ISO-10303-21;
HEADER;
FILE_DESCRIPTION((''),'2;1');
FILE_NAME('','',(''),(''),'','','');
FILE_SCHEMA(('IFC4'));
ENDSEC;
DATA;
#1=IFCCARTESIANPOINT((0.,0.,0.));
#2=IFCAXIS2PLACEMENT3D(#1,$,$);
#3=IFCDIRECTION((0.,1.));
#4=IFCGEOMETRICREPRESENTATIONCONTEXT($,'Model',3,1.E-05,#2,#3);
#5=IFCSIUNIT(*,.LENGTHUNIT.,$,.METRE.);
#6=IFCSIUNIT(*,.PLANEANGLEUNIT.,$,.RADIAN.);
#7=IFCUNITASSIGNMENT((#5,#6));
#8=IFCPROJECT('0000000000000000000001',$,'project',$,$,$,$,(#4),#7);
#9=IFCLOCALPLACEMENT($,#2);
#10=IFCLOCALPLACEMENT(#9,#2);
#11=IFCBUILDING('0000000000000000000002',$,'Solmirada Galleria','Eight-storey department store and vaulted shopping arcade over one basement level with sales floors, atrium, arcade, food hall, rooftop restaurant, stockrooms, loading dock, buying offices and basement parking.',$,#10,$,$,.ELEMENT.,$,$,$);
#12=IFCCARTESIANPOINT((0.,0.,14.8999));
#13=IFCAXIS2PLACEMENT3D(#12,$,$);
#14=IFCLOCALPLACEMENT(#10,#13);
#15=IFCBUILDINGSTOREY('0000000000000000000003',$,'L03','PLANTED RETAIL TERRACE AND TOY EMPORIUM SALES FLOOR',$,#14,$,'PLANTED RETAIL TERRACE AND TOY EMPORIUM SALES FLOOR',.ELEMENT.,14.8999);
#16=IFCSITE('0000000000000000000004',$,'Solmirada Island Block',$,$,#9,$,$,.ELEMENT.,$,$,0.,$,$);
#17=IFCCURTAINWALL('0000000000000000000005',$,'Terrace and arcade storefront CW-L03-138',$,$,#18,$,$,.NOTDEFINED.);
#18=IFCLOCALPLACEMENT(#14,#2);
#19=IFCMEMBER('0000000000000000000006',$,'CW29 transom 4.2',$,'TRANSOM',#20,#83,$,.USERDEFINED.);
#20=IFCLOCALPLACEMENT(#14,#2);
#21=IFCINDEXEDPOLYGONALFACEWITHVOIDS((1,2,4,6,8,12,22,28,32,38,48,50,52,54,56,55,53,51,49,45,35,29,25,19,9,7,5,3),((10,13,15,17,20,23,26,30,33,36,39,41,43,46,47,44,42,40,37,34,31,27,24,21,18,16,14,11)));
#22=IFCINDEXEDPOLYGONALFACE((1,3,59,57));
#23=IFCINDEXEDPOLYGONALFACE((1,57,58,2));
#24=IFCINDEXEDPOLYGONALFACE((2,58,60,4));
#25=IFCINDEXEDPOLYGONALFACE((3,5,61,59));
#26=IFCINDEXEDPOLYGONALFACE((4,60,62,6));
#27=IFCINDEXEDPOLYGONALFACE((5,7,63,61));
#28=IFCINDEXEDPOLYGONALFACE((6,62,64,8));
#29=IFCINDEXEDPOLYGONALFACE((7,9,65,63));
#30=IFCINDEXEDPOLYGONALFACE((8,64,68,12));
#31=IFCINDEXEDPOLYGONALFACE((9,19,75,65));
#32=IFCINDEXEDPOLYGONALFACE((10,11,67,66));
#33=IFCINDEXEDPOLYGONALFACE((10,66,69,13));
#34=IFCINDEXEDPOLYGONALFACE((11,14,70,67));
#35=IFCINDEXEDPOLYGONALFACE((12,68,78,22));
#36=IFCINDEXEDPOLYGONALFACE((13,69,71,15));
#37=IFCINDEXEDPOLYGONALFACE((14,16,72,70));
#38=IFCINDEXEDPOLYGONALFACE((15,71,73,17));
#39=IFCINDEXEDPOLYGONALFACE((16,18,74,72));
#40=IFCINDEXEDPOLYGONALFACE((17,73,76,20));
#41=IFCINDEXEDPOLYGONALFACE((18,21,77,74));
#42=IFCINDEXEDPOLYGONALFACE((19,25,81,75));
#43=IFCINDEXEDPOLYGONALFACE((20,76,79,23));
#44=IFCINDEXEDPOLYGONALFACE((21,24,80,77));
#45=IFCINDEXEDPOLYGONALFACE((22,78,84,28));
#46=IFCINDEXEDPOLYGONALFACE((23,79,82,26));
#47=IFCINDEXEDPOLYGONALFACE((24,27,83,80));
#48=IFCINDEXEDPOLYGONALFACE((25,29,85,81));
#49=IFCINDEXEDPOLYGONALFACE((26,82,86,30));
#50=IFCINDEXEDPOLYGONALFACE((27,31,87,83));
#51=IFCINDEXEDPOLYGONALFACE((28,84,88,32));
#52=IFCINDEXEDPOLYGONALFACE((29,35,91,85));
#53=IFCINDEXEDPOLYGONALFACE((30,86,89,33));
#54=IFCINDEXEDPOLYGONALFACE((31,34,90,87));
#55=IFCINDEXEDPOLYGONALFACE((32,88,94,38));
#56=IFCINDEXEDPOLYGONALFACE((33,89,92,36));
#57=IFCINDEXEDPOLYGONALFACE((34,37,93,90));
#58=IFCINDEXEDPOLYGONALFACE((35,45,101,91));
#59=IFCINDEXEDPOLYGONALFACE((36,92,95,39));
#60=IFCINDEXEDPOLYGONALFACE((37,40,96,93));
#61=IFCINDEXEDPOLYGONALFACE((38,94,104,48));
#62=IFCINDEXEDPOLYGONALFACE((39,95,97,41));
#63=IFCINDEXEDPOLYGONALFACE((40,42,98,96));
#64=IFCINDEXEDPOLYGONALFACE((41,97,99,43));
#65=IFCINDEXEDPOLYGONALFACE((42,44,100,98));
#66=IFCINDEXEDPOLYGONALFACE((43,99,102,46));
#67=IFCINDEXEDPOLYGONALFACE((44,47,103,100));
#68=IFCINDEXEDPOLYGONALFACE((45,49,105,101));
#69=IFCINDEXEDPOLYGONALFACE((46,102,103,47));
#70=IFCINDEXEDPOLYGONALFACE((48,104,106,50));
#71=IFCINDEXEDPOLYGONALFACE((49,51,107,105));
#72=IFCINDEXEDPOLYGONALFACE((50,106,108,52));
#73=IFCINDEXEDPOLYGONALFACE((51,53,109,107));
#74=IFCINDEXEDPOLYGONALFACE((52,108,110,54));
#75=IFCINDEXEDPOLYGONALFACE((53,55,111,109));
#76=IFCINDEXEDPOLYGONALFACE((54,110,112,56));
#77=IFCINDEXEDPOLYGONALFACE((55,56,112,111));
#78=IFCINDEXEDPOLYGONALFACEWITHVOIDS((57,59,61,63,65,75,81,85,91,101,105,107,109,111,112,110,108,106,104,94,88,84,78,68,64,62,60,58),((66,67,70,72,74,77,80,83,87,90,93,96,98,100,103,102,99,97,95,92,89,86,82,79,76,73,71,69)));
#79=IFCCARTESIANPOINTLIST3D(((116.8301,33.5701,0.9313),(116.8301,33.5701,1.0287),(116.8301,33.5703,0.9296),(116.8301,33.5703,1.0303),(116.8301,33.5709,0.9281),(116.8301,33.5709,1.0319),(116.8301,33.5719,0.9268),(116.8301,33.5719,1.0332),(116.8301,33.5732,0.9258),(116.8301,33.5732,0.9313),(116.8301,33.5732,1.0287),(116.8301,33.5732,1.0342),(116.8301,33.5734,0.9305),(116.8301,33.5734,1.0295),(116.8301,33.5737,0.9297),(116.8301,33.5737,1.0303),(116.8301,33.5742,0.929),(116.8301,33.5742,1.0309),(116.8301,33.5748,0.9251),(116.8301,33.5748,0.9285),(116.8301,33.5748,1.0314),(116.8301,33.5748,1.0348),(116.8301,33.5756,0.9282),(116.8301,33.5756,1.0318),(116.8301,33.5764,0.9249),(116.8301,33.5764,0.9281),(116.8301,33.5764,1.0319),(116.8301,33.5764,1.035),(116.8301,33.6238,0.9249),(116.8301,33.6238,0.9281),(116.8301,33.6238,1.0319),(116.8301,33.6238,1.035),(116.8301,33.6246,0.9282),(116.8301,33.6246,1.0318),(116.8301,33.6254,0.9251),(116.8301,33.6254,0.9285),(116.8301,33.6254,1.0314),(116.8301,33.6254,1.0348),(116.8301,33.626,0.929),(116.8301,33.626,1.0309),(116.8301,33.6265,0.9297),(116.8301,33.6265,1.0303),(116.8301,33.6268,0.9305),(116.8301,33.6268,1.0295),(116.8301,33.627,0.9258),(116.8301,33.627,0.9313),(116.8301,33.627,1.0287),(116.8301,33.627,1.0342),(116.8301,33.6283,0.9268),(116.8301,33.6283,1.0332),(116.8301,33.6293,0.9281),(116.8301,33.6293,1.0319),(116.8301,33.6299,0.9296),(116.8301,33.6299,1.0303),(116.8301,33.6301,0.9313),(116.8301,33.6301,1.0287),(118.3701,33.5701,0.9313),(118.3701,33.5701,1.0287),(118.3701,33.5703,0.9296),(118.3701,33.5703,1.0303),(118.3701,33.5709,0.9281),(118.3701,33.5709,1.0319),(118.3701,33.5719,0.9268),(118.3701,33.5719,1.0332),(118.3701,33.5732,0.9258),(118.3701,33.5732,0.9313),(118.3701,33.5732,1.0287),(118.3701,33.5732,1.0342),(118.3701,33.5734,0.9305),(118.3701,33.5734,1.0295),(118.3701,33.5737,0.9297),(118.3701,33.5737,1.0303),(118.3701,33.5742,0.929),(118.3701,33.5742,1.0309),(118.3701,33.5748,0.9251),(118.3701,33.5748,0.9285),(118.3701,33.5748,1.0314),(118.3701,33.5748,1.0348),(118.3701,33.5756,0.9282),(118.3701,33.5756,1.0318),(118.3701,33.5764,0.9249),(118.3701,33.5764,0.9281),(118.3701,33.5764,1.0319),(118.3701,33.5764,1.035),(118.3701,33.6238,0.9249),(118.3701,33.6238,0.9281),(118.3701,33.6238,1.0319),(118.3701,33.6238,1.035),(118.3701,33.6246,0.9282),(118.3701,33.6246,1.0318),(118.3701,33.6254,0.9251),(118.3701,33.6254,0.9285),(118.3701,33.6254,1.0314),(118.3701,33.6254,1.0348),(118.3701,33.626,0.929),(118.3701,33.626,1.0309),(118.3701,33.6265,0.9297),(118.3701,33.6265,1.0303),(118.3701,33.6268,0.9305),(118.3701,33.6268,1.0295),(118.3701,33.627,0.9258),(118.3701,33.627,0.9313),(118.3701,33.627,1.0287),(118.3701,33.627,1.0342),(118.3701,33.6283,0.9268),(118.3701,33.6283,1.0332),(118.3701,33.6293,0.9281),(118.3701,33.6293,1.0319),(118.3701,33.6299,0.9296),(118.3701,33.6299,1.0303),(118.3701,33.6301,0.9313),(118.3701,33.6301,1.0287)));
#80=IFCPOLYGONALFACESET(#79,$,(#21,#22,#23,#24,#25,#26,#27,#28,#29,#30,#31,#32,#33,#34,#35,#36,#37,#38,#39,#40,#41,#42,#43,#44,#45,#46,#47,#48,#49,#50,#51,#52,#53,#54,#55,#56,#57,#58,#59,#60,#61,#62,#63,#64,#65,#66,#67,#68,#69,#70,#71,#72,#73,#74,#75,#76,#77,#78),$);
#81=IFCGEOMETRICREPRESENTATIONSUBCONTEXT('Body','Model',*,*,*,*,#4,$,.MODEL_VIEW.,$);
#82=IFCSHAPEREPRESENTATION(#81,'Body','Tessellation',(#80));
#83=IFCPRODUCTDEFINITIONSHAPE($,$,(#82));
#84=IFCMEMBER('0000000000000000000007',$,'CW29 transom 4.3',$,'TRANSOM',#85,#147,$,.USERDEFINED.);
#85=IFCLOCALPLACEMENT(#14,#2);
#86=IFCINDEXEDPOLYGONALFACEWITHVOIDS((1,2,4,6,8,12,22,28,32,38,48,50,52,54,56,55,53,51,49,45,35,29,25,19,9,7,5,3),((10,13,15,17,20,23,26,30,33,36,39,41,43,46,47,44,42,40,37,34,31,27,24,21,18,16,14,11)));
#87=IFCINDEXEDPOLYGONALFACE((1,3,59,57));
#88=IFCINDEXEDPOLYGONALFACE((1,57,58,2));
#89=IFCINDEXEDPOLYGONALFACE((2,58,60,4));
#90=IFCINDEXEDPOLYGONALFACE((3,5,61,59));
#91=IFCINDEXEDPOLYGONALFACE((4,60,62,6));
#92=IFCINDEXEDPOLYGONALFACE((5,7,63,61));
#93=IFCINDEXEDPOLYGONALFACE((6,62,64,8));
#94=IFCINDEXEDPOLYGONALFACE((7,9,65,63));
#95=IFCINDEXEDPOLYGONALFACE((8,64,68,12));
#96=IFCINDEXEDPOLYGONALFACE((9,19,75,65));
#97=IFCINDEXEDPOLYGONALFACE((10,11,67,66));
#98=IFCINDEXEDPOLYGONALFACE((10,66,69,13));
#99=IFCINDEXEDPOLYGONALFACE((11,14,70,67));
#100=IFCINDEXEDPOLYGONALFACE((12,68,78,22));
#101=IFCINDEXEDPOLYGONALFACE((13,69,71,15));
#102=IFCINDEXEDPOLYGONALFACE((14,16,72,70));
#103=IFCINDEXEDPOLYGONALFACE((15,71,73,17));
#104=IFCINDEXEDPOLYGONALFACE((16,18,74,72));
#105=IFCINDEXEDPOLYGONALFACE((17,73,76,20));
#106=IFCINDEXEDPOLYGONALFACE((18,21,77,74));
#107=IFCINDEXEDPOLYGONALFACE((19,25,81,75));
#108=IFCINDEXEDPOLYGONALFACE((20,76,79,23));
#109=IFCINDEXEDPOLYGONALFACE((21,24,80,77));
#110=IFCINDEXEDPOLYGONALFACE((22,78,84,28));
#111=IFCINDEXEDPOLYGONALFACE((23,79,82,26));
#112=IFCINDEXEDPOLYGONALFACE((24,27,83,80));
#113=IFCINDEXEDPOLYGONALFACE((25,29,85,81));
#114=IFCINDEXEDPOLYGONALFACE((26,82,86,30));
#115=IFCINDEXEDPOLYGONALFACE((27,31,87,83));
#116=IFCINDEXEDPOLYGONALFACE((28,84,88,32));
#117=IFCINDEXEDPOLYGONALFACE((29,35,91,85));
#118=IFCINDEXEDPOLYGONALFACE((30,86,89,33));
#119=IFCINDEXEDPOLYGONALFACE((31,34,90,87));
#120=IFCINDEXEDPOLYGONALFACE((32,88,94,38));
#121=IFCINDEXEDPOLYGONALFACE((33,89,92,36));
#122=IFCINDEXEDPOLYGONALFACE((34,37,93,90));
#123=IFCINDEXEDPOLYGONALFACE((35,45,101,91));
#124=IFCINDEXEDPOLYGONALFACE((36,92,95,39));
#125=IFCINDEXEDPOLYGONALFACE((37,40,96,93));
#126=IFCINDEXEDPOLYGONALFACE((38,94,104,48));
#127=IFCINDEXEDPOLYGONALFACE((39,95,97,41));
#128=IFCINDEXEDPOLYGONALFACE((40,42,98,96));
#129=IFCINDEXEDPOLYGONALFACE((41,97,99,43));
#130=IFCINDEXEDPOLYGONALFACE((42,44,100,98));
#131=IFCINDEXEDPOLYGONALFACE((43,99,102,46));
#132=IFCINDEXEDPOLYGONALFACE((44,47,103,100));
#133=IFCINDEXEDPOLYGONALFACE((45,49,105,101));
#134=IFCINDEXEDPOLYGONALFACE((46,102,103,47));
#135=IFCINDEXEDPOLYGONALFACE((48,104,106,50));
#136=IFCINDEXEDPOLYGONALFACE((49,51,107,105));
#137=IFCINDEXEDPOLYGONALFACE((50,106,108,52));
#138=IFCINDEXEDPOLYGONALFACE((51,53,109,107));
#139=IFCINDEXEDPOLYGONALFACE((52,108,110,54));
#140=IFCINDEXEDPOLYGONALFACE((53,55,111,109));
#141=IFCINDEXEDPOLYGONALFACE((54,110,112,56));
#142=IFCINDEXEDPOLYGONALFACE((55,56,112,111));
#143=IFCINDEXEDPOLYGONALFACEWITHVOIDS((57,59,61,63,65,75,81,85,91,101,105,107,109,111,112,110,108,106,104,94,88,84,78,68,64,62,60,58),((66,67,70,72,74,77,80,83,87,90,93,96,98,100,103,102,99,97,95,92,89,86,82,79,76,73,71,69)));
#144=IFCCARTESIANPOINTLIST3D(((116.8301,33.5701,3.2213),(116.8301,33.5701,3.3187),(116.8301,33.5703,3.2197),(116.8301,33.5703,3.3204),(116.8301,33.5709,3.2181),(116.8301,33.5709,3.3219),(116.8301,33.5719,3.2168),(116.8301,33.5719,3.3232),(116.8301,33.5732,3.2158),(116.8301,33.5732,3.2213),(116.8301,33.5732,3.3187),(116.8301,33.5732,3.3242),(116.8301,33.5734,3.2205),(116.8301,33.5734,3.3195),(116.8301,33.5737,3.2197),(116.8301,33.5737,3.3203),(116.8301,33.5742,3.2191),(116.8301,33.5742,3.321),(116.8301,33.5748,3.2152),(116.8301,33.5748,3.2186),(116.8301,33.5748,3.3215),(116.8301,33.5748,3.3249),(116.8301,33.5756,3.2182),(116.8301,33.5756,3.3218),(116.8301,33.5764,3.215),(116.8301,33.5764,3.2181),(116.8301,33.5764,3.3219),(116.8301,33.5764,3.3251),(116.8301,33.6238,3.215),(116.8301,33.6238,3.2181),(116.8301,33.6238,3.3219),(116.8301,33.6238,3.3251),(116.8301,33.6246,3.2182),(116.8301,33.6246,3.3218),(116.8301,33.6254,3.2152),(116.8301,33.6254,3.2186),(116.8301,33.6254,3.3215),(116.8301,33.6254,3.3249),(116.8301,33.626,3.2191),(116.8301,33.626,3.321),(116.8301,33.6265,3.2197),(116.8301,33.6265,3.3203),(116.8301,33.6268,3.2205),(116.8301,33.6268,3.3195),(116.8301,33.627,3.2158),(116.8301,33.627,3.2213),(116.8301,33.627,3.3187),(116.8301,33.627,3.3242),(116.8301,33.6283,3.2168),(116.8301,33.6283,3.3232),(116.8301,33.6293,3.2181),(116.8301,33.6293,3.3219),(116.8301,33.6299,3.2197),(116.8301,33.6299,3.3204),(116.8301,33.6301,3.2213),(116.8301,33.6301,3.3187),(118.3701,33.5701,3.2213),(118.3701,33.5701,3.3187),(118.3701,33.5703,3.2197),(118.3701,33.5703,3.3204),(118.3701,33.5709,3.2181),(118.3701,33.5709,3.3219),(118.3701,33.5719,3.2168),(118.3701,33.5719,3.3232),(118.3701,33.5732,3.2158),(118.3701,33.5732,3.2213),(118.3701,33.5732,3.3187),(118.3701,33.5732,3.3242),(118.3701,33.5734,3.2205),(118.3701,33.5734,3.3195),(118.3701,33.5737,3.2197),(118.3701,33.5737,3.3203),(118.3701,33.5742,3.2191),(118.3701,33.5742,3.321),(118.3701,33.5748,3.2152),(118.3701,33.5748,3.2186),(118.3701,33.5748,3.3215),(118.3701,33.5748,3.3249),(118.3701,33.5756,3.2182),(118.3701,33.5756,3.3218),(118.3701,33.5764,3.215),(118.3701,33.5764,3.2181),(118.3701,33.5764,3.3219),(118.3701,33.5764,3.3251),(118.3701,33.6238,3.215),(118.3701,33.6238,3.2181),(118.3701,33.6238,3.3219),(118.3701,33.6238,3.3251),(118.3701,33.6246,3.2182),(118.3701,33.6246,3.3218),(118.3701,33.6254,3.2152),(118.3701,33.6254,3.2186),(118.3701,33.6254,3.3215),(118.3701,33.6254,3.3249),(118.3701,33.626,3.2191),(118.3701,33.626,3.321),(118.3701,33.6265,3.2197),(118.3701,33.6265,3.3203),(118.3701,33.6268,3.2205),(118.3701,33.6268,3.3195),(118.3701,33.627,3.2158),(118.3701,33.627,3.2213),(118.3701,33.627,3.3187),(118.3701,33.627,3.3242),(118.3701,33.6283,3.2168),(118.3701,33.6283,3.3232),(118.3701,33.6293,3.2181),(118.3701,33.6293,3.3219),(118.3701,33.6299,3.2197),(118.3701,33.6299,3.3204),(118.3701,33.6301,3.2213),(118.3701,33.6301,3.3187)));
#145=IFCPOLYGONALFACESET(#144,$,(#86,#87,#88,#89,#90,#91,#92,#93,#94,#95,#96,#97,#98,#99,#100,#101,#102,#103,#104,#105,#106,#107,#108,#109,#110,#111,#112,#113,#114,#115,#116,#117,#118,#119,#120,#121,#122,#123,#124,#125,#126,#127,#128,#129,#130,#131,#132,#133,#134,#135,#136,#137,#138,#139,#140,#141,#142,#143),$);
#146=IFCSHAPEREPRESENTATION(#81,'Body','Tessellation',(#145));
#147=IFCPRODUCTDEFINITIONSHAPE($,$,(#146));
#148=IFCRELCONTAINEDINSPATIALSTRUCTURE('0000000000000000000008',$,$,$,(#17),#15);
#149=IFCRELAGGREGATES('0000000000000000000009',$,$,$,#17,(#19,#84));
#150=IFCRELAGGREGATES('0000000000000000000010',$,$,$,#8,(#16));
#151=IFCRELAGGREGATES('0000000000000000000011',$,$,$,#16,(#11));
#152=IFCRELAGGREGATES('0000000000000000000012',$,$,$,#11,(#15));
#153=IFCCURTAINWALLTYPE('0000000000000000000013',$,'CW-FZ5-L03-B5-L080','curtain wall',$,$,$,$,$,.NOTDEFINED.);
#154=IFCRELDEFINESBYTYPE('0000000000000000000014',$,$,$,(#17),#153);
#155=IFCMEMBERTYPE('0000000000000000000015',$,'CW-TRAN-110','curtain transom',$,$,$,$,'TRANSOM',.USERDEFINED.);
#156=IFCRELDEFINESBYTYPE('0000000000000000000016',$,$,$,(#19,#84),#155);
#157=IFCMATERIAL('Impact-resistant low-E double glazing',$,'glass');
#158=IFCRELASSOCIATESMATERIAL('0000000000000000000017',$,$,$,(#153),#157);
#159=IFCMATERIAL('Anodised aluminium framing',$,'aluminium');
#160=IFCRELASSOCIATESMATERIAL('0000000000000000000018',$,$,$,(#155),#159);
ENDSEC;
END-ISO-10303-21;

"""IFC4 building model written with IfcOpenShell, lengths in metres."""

from ifc_helpers import new_model, si_unit, direction, frame, origin, origin_2d, place, context, subcontext, project, spatial, hollow_rectangle, extrude, material, material_profile, profile_set, type_object, element, aggregate, save


model = new_model("IFC4")

# Units and contexts
model_context = context("Model", 3, precision=1e-05, world=origin(), true_north=direction((0.0, 1.0)))
body_context = subcontext(model_context, "Body", "Model", "MODEL_VIEW")
ifc_project = project(units=[si_unit("LENGTHUNIT", "METRE"), si_unit("PLANEANGLEUNIT", "RADIAN")], contexts=[model_context])

# Site, building, storey
site_placement = place(None, origin())
site = spatial("IfcSite", under=ifc_project, at=site_placement, Name="Solmirada Island Block", CompositionType="ELEMENT", RefElevation=0.0)
building_placement = place(site_placement, origin())
building = spatial("IfcBuilding", under=site, at=building_placement, Name="Solmirada Galleria", Description="Eight-storey department store and vaulted shopping arcade over one basement level with sales floors, atrium, arcade, food hall, rooftop restaurant, stockrooms, loading dock, buying offices and basement parking.", CompositionType="ELEMENT")
storey_placement = place(building_placement, frame((0.0, 0.0, 14.8999)))
storey = spatial("IfcBuildingStorey", under=building, at=storey_placement, Name="L03", Description="PLANTED RETAIL TERRACE AND TOY EMPORIUM SALES FLOOR", LongName="PLANTED RETAIL TERRACE AND TOY EMPORIUM SALES FLOOR", CompositionType="ELEMENT", Elevation=14.8999)

# Curtain wall, members
ifc_material_1 = material(Name="Impact-resistant low-E double glazing", Category="glass")
curtain_wall_type = type_object("IfcCurtainWallType", Name="CW-FZ5-L03-B5-L080", Description="curtain wall", PredefinedType="NOTDEFINED", material=ifc_material_1)
curtain_wall_placement = place(storey_placement, origin())
curtain_wall = element("IfcCurtainWall", 1, at=curtain_wall_placement, inside=storey, type_object=curtain_wall_type, Name="Terrace and arcade storefront CW-L03-138", PredefinedType="NOTDEFINED")
ifc_material_2 = material(Name="Anodised aluminium framing", Category="aluminium")
ifc_material_profile_1 = material_profile(ifc_material_2, hollow_rectangle(XDim=0.0601, YDim=0.1101, WallThickness=0.0032, InnerFilletRadius=0.0032, OuterFilletRadius=0.0063, at=origin_2d()), Name="ALU-TRAN-110X60")
ifc_profile_set_1 = profile_set([ifc_material_profile_1], Name="Anodised aluminium framing")
member_type_1 = type_object("IfcMemberType", Name="CW-TRAN-110", Description="curtain transom", ElementType="TRANSOM", PredefinedType="USERDEFINED", material=ifc_profile_set_1)
member_1_placement = place(storey_placement, frame((116.8301, 33.6001, 0.98), z_axis=(1.0, 0.0, 0.0), x_axis=(0.0, 1.0, 0.0)))
member_1 = element("IfcMember", 2, at=member_1_placement, type_object=member_type_1, Name="CW29 transom 4.2", ObjectType="TRANSOM", PredefinedType="USERDEFINED", context=body_context, shape_type="SweptSolid", body=[
    extrude(hollow_rectangle(XDim=0.0601, YDim=0.1101, WallThickness=0.0032, InnerFilletRadius=0.0032, OuterFilletRadius=0.0063, at=origin_2d()), origin(), (0.0, 0.0, 1.0), 1.54),
])
member_2_placement = place(storey_placement, frame((116.8301, 33.6001, 3.27), z_axis=(1.0, 0.0, 0.0), x_axis=(0.0, 1.0, 0.0)))
member_2 = element("IfcMember", 3, at=member_2_placement, type_object=member_type_1, Name="CW29 transom 4.3", ObjectType="TRANSOM", PredefinedType="USERDEFINED", context=body_context, shape_type="SweptSolid", body=[
    extrude(hollow_rectangle(XDim=0.0601, YDim=0.1101, WallThickness=0.0032, InnerFilletRadius=0.0032, OuterFilletRadius=0.0063, at=origin_2d()), origin(), (0.0, 0.0, 1.0), 1.54),
])
aggregate(curtain_wall, [member_1, member_2])

save(model, "model.ifc")
